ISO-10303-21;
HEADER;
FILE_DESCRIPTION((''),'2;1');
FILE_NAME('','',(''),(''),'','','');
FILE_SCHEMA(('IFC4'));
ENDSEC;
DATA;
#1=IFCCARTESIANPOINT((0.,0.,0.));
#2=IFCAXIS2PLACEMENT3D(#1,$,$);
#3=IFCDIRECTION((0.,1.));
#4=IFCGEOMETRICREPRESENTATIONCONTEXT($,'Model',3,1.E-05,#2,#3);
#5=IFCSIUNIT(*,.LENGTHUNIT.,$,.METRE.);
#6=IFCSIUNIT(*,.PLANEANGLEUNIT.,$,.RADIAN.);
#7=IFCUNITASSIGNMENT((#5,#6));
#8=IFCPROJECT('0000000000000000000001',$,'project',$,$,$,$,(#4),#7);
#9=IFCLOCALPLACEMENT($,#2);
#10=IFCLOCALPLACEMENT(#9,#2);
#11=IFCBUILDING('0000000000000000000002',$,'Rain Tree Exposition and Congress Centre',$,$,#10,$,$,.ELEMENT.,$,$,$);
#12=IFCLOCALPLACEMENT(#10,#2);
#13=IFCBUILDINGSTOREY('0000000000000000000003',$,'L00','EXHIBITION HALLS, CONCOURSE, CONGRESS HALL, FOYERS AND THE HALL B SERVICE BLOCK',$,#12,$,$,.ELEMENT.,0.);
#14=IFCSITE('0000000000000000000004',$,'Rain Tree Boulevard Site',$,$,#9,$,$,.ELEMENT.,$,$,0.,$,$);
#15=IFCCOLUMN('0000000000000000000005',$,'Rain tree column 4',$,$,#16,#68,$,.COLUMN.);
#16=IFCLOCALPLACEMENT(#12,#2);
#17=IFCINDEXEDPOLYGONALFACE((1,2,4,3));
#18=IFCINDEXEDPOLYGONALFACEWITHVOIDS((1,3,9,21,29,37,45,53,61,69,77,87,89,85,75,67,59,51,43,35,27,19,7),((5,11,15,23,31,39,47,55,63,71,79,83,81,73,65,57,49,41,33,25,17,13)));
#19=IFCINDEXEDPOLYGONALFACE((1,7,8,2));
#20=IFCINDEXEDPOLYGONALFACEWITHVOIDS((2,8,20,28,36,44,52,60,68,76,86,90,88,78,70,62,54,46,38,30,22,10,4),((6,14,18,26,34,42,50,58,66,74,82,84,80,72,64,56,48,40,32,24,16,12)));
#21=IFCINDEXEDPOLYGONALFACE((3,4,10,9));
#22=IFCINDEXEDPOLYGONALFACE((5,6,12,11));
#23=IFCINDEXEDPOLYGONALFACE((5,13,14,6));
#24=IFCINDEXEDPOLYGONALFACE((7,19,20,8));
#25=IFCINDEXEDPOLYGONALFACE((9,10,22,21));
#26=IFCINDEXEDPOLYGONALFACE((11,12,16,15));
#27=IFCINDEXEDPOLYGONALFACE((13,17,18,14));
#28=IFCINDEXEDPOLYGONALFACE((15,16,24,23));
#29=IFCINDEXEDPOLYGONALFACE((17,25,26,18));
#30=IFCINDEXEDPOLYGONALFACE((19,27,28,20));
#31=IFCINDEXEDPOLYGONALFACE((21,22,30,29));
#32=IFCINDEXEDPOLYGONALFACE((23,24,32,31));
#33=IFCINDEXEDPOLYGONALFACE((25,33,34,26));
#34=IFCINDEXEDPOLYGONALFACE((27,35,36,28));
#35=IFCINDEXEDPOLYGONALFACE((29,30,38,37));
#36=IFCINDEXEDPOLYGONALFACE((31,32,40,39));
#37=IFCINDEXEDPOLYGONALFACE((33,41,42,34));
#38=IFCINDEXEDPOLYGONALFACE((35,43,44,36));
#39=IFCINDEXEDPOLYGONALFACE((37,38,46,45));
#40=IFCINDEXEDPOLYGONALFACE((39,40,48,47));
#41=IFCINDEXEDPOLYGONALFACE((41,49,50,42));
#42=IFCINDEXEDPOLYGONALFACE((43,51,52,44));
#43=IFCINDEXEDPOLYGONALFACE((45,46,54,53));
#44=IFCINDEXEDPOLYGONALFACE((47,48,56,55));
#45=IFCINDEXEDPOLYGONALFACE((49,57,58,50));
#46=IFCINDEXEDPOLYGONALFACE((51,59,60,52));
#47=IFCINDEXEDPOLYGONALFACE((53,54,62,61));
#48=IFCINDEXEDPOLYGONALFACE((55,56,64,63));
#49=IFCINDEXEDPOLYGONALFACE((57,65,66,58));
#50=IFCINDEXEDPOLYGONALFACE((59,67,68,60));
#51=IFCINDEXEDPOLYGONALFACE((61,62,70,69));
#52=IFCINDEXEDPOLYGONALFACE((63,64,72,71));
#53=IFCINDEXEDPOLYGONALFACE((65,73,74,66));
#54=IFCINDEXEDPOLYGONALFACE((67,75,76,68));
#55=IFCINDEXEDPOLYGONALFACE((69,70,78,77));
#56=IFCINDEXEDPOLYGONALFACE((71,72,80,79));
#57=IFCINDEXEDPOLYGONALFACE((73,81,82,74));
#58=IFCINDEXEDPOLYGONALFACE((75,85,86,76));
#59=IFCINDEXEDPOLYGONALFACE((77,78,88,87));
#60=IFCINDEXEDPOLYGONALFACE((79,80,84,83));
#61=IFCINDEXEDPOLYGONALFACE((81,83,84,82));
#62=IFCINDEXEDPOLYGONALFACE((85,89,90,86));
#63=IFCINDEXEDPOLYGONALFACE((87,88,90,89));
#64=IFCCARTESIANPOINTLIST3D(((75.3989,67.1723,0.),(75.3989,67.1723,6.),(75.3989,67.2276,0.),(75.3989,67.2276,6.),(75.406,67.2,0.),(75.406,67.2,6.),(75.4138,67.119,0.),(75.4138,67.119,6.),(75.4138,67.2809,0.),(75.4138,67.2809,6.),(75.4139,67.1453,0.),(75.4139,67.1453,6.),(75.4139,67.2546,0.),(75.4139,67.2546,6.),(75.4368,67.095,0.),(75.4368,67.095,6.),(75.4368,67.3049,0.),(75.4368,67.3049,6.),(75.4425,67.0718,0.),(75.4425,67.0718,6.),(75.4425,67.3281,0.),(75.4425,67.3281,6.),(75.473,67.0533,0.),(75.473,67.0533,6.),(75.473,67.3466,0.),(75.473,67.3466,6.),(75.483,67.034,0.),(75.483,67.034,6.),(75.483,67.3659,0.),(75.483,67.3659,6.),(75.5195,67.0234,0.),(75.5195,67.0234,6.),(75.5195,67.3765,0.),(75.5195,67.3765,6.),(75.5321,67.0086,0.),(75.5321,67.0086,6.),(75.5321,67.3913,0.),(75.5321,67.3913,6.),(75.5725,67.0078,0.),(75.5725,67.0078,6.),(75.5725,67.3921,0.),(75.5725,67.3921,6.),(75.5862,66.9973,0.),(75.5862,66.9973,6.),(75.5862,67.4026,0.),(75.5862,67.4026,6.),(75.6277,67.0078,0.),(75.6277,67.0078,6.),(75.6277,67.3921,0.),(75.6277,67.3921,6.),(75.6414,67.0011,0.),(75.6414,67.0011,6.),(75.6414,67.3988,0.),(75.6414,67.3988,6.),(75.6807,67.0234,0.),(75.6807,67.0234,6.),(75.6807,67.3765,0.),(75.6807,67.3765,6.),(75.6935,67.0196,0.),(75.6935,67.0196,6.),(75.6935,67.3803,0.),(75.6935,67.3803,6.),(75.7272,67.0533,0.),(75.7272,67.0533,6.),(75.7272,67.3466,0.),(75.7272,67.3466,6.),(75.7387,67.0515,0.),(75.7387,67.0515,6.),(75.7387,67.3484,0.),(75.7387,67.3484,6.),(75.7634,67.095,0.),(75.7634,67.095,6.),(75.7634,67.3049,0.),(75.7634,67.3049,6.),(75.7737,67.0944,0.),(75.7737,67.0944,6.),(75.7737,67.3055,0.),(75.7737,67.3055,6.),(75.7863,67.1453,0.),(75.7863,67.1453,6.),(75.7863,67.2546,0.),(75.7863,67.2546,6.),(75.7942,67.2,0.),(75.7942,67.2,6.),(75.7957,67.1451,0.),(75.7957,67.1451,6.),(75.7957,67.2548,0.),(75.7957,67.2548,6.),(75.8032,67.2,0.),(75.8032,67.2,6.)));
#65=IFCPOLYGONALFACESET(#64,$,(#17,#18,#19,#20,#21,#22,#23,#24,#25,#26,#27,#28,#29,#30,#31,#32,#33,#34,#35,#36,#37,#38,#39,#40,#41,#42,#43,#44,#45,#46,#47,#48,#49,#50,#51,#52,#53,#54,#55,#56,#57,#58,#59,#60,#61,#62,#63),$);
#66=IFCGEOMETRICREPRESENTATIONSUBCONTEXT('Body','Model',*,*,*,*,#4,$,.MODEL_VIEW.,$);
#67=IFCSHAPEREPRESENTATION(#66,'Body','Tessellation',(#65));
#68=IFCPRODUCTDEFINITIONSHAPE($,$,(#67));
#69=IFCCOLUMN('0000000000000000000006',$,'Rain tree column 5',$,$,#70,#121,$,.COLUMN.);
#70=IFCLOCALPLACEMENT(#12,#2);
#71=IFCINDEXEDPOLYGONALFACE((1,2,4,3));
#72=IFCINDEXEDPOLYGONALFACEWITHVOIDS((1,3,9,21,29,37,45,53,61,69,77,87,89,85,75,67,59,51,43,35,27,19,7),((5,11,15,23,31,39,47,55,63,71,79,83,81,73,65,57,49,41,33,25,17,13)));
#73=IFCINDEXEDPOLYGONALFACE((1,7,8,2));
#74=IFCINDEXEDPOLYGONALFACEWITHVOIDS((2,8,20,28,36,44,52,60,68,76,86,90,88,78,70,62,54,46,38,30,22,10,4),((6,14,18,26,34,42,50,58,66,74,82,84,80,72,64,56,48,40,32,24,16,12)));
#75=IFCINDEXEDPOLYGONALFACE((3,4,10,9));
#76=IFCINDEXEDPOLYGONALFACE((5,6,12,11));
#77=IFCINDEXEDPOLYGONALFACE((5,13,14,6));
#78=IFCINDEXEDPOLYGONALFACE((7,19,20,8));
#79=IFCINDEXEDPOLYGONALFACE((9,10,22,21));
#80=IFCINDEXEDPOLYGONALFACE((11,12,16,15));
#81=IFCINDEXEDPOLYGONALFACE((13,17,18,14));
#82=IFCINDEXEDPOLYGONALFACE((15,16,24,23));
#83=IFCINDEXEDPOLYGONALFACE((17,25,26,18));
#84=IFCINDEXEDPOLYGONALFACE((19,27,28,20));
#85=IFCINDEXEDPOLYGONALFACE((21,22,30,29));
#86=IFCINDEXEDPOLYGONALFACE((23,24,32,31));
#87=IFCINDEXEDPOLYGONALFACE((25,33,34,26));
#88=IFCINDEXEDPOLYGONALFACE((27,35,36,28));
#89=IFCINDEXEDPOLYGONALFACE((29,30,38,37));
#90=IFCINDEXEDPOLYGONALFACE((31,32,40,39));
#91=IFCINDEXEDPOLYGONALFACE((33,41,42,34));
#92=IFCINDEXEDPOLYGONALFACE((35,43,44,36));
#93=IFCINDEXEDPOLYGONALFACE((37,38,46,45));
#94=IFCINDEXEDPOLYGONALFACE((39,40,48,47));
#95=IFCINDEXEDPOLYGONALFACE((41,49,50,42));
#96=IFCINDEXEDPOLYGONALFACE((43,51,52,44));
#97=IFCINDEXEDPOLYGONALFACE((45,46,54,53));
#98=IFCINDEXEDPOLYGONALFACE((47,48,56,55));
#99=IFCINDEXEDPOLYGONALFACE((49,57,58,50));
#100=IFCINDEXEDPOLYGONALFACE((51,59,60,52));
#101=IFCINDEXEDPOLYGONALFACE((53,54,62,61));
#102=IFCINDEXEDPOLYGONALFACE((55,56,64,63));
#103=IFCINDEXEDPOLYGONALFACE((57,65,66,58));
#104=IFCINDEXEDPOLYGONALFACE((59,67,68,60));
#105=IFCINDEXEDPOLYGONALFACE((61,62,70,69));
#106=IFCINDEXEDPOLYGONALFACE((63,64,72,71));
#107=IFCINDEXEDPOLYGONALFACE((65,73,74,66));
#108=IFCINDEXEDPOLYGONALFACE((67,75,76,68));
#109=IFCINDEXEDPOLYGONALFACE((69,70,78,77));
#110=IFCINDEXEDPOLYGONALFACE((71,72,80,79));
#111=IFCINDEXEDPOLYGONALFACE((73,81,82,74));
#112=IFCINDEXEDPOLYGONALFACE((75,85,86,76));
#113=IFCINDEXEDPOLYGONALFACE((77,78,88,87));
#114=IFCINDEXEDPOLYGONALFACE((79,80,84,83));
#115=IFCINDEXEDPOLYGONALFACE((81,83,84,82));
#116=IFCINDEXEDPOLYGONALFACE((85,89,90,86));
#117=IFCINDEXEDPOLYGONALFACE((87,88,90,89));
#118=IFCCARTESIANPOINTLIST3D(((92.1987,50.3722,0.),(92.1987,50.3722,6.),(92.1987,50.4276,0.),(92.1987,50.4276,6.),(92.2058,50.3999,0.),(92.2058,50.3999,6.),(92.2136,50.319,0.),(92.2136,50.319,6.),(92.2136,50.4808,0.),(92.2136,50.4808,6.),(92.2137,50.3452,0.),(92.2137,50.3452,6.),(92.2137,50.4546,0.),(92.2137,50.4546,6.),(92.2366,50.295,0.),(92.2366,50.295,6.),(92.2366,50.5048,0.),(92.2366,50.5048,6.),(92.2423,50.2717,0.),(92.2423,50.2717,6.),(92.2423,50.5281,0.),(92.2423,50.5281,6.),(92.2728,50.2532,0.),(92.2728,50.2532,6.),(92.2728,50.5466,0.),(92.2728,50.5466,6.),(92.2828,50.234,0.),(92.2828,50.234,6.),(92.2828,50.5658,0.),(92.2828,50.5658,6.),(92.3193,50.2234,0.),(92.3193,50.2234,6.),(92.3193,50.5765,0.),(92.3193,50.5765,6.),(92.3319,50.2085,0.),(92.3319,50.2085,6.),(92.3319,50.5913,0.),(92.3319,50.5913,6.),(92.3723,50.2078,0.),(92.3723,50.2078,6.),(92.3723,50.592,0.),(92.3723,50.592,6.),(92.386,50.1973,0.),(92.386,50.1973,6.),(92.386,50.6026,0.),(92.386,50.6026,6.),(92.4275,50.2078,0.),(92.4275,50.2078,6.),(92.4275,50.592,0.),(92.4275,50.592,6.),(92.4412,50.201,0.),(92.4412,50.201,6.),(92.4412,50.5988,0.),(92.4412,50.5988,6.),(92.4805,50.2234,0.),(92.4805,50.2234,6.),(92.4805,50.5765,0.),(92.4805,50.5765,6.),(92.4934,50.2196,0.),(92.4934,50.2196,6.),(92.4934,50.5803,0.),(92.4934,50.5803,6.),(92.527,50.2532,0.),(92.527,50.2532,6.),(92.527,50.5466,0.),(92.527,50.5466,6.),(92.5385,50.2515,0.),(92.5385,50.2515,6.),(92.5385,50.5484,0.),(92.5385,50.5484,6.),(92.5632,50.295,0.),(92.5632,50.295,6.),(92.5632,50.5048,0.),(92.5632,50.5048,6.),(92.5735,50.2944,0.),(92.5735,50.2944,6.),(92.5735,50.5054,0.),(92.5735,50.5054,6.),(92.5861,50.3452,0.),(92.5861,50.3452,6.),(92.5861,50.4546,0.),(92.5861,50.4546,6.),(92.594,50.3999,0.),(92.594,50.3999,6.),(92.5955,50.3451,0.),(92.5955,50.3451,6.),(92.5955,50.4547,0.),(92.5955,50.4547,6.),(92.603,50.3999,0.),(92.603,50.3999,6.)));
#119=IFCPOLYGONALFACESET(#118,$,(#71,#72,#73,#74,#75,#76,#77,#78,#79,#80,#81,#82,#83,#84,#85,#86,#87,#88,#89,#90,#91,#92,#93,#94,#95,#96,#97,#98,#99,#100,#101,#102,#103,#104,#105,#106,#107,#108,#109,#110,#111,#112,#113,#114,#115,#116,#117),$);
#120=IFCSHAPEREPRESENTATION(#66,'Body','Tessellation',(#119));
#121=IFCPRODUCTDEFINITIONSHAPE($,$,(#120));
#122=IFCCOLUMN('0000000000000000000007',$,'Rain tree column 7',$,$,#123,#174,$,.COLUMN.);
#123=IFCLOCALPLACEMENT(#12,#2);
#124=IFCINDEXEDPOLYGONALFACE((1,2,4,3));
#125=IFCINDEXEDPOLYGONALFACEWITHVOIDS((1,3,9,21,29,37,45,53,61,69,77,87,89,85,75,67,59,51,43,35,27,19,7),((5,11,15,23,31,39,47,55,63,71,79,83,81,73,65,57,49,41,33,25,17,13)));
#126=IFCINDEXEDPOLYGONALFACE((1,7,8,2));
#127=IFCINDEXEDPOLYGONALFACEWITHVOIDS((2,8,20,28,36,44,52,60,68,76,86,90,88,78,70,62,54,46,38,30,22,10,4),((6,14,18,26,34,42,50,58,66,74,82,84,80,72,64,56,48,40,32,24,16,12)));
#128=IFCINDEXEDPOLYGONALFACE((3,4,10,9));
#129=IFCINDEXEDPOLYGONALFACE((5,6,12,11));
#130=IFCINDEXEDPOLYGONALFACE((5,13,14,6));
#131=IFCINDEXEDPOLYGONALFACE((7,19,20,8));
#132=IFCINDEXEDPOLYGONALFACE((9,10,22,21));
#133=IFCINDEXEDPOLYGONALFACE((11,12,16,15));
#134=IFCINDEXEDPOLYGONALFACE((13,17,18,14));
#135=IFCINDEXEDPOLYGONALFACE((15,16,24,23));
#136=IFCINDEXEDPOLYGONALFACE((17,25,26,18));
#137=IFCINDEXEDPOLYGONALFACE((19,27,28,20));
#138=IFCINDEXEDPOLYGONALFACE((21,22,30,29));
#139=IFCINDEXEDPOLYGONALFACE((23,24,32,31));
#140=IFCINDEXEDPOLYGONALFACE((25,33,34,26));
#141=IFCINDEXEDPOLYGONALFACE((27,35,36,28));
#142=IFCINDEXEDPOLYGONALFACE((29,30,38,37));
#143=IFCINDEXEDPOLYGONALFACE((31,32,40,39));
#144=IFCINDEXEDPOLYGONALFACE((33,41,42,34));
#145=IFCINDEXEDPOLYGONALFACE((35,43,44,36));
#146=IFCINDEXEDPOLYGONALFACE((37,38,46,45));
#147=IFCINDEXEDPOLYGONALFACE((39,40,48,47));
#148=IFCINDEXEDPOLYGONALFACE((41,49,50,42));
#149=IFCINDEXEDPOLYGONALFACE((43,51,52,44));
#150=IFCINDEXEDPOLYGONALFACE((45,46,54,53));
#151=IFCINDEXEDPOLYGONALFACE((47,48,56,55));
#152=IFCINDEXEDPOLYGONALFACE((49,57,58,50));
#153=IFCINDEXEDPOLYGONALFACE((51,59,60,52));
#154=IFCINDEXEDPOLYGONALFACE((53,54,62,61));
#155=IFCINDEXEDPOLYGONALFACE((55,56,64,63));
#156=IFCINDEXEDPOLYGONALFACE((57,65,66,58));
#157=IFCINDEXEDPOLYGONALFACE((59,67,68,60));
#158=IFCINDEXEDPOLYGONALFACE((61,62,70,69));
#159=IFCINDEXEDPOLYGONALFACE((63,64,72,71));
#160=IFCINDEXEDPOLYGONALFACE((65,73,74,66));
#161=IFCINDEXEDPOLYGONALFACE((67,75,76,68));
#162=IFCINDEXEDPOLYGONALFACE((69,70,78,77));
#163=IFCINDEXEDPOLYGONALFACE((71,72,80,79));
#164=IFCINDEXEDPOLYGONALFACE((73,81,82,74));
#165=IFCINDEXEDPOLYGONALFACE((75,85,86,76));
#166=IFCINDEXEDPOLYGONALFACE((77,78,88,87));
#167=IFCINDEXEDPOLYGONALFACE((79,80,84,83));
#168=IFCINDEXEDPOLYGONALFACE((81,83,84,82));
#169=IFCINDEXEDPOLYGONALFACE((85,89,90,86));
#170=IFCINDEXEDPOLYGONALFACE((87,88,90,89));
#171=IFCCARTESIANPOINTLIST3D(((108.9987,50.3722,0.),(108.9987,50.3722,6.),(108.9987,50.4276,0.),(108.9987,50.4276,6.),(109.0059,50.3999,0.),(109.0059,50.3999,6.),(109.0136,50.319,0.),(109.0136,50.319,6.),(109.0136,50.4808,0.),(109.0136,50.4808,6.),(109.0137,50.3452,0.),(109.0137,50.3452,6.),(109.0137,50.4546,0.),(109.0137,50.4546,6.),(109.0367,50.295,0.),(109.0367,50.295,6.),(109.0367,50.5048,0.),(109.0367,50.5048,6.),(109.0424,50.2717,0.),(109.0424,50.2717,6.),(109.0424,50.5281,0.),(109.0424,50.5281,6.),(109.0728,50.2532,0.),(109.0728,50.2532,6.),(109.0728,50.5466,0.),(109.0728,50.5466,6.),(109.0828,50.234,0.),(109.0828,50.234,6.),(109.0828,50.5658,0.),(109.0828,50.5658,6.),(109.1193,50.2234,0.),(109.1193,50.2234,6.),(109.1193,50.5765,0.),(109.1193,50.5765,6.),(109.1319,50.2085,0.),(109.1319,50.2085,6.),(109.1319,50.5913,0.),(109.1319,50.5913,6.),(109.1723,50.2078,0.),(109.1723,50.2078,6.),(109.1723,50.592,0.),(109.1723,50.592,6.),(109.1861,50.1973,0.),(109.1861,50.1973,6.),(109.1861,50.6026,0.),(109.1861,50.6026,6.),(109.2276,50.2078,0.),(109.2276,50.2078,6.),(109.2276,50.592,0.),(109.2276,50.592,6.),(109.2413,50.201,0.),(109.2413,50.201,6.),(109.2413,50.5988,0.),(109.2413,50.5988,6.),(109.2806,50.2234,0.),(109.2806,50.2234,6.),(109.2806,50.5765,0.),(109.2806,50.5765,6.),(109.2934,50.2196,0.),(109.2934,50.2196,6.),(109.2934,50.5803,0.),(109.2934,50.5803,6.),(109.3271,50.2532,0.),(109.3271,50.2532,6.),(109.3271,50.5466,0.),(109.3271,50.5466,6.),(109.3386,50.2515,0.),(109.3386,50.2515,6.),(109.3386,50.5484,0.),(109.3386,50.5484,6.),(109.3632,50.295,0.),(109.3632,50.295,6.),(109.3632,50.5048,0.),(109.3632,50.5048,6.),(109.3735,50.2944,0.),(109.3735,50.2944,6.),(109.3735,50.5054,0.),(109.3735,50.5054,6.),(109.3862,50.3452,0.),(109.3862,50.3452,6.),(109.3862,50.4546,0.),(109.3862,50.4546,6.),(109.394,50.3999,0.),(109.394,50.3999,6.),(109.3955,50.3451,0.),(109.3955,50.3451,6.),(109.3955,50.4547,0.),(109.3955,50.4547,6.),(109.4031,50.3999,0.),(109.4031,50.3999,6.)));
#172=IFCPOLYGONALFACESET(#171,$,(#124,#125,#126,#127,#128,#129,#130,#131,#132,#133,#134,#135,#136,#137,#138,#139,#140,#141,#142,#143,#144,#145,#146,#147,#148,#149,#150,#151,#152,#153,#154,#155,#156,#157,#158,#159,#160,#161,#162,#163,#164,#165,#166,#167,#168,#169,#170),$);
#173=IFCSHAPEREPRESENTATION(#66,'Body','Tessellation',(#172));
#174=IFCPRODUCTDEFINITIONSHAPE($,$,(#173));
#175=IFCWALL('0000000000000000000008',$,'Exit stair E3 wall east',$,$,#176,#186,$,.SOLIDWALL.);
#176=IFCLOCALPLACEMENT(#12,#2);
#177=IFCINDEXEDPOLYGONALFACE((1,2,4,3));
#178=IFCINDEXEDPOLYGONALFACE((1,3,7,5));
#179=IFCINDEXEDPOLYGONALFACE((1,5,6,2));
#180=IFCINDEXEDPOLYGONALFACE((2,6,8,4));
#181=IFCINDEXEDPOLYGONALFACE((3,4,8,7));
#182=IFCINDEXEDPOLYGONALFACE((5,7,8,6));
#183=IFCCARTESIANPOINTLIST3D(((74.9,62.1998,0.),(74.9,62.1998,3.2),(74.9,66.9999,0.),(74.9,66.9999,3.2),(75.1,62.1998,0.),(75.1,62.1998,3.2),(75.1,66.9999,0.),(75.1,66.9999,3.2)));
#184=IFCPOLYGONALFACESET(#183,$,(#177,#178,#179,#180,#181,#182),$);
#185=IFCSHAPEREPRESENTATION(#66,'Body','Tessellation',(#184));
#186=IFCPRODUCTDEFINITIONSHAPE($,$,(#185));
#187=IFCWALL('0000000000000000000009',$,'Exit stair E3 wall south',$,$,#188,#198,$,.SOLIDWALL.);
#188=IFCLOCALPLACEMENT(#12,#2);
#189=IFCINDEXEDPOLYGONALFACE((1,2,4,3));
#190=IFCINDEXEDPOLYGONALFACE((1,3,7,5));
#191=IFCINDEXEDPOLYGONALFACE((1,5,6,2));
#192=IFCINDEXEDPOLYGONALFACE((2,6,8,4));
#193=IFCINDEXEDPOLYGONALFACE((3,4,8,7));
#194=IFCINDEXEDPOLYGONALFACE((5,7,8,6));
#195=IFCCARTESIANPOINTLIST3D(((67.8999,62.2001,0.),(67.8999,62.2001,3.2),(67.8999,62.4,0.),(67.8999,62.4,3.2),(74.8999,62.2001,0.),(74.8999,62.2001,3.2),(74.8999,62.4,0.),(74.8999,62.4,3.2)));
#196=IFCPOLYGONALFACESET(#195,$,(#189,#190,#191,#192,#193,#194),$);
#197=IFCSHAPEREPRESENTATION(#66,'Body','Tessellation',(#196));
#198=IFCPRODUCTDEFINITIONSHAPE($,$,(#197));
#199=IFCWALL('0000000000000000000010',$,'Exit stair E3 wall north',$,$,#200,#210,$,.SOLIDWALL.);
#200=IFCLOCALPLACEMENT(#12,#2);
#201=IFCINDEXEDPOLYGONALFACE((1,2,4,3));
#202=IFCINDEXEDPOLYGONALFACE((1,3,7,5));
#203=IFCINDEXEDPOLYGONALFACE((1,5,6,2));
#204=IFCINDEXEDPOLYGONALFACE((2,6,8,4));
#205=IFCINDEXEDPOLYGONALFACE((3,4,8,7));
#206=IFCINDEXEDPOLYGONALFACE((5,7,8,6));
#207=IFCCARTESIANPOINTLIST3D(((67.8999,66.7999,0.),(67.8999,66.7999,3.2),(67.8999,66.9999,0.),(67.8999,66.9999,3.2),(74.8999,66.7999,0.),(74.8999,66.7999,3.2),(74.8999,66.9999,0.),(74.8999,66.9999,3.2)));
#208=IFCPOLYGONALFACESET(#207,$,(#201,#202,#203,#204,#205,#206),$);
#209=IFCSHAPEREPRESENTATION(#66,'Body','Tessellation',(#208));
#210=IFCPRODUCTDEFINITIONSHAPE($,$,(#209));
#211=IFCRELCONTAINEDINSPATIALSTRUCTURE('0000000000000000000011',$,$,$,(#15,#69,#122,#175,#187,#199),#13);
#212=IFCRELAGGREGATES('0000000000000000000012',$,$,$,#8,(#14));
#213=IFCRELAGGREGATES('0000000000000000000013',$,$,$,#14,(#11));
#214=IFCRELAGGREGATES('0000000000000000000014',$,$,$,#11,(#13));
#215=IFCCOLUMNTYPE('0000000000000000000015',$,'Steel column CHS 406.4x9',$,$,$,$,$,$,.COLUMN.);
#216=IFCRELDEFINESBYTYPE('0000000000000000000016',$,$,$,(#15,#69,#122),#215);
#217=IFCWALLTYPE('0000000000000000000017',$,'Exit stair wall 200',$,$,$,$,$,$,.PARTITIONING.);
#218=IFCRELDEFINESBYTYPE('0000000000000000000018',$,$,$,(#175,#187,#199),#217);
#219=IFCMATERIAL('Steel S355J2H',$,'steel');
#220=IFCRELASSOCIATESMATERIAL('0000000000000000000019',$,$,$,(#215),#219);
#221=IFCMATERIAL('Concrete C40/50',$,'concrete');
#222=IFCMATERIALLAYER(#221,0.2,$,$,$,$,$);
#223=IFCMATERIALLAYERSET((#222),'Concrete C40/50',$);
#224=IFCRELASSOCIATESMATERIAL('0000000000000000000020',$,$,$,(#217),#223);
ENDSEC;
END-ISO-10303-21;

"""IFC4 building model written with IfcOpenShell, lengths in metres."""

from ifc_helpers import new_model, si_unit, direction, frame, frame_2d, origin, origin_2d, place, context, subcontext, project, spatial, rectangle, hollow_circle, extrude, material, layer, layer_set, material_profile, profile_set, type_object, element, save


model = new_model("IFC4")

# Units and contexts
model_context = context("Model", 3, precision=1e-05, world=origin(), true_north=direction((0.0, 1.0)))
body_context = subcontext(model_context, "Body", "Model", "MODEL_VIEW")
ifc_project = project(units=[si_unit("LENGTHUNIT", "METRE"), si_unit("PLANEANGLEUNIT", "RADIAN")], contexts=[model_context])

# Site, building, storey
site_placement = place(None, origin())
site = spatial("IfcSite", under=ifc_project, at=site_placement, Name="Rain Tree Boulevard Site", CompositionType="ELEMENT", RefElevation=0.0)
building_placement = place(site_placement, origin())
building = spatial("IfcBuilding", under=site, at=building_placement, Name="Rain Tree Exposition and Congress Centre", CompositionType="ELEMENT")
storey_placement = place(building_placement, origin())
storey = spatial("IfcBuildingStorey", under=building, at=storey_placement, Name="L00", Description="EXHIBITION HALLS, CONCOURSE, CONGRESS HALL, FOYERS AND THE HALL B SERVICE BLOCK", CompositionType="ELEMENT", Elevation=0.0)

# Columns
ifc_material_1 = material(Name="Steel S355J2H", Category="steel")
ifc_material_profile_1 = material_profile(ifc_material_1, hollow_circle(Radius=0.2031, WallThickness=0.009, at=origin_2d()), Name="CHS 406.4x9")
ifc_profile_set_1 = profile_set([ifc_material_profile_1], Name="Steel S355J2H")
column_type = type_object("IfcColumnType", Name="Steel column CHS 406.4x9", PredefinedType="COLUMN", material=ifc_profile_set_1)
for number, where, z_axis, x_axis, name in (
    (1, (75.6001, 67.2, 0.0), (0.0, 0.0, 1.0), (1.0, 0.0, 0.0), "Rain tree column 4"),
    (2, (92.3999, 50.3999, 0.0), (0.0, 0.0, 1.0), (1.0, 0.0, 0.0), "Rain tree column 5"),
    (3, (109.2, 50.3999, 0.0), (0.0, 0.0, 1.0), (1.0, 0.0, 0.0), "Rain tree column 7"),
):
    element("IfcColumn", number, at=place(storey_placement, frame(where, z_axis=z_axis, x_axis=x_axis)), inside=storey, type_object=column_type, Name=name, PredefinedType="COLUMN", context=body_context, shape_type="SweptSolid", body=[
        extrude(hollow_circle(Radius=0.2031, WallThickness=0.009, at=origin_2d()), origin(), (0.0, 0.0, 1.0), 6.0),
    ])

# Shared definitions
ifc_material_2 = material(Name="Concrete C40/50", Category="concrete")
ifc_layer = layer(ifc_material_2, 0.2)
ifc_layer_set = layer_set([ifc_layer], Name="Concrete C40/50")
wall_type = type_object("IfcWallType", Name="Exit stair wall 200", PredefinedType="PARTITIONING", material=ifc_layer_set)

# Walls
wall_1_placement = place(storey_placement, frame((75.0, 62.2, 0.0), z_axis=(0.0, 0.0, 1.0), x_axis=(0.0, 1.0, 0.0)))
element("IfcWall", 4, at=wall_1_placement, inside=storey, type_object=wall_type, Name="Exit stair E3 wall east", PredefinedType="SOLIDWALL", context=body_context, shape_type="SweptSolid", body=[
    extrude(rectangle(XDim=4.8, YDim=0.2, at=frame_2d((2.3999, 0.0))), origin(), (0.0, 0.0, 1.0), 3.2),
])
for number, where, z_axis, x_axis, name in (
    (5, (67.8999, 62.3, 0.0), (0.0, 0.0, 1.0), (1.0, 0.0, 0.0), "Exit stair E3 wall south"),
    (6, (67.8999, 66.8999, 0.0), (0.0, 0.0, 1.0), (1.0, 0.0, 0.0), "Exit stair E3 wall north"),
):
    element("IfcWall", number, at=place(storey_placement, frame(where, z_axis=z_axis, x_axis=x_axis)), inside=storey, type_object=wall_type, Name=name, PredefinedType="SOLIDWALL", context=body_context, shape_type="SweptSolid", body=[
        extrude(rectangle(XDim=7.0, YDim=0.2, at=frame_2d((3.5, 0.0))), origin(), (0.0, 0.0, 1.0), 3.2),
    ])

save(model, "model.ifc")
